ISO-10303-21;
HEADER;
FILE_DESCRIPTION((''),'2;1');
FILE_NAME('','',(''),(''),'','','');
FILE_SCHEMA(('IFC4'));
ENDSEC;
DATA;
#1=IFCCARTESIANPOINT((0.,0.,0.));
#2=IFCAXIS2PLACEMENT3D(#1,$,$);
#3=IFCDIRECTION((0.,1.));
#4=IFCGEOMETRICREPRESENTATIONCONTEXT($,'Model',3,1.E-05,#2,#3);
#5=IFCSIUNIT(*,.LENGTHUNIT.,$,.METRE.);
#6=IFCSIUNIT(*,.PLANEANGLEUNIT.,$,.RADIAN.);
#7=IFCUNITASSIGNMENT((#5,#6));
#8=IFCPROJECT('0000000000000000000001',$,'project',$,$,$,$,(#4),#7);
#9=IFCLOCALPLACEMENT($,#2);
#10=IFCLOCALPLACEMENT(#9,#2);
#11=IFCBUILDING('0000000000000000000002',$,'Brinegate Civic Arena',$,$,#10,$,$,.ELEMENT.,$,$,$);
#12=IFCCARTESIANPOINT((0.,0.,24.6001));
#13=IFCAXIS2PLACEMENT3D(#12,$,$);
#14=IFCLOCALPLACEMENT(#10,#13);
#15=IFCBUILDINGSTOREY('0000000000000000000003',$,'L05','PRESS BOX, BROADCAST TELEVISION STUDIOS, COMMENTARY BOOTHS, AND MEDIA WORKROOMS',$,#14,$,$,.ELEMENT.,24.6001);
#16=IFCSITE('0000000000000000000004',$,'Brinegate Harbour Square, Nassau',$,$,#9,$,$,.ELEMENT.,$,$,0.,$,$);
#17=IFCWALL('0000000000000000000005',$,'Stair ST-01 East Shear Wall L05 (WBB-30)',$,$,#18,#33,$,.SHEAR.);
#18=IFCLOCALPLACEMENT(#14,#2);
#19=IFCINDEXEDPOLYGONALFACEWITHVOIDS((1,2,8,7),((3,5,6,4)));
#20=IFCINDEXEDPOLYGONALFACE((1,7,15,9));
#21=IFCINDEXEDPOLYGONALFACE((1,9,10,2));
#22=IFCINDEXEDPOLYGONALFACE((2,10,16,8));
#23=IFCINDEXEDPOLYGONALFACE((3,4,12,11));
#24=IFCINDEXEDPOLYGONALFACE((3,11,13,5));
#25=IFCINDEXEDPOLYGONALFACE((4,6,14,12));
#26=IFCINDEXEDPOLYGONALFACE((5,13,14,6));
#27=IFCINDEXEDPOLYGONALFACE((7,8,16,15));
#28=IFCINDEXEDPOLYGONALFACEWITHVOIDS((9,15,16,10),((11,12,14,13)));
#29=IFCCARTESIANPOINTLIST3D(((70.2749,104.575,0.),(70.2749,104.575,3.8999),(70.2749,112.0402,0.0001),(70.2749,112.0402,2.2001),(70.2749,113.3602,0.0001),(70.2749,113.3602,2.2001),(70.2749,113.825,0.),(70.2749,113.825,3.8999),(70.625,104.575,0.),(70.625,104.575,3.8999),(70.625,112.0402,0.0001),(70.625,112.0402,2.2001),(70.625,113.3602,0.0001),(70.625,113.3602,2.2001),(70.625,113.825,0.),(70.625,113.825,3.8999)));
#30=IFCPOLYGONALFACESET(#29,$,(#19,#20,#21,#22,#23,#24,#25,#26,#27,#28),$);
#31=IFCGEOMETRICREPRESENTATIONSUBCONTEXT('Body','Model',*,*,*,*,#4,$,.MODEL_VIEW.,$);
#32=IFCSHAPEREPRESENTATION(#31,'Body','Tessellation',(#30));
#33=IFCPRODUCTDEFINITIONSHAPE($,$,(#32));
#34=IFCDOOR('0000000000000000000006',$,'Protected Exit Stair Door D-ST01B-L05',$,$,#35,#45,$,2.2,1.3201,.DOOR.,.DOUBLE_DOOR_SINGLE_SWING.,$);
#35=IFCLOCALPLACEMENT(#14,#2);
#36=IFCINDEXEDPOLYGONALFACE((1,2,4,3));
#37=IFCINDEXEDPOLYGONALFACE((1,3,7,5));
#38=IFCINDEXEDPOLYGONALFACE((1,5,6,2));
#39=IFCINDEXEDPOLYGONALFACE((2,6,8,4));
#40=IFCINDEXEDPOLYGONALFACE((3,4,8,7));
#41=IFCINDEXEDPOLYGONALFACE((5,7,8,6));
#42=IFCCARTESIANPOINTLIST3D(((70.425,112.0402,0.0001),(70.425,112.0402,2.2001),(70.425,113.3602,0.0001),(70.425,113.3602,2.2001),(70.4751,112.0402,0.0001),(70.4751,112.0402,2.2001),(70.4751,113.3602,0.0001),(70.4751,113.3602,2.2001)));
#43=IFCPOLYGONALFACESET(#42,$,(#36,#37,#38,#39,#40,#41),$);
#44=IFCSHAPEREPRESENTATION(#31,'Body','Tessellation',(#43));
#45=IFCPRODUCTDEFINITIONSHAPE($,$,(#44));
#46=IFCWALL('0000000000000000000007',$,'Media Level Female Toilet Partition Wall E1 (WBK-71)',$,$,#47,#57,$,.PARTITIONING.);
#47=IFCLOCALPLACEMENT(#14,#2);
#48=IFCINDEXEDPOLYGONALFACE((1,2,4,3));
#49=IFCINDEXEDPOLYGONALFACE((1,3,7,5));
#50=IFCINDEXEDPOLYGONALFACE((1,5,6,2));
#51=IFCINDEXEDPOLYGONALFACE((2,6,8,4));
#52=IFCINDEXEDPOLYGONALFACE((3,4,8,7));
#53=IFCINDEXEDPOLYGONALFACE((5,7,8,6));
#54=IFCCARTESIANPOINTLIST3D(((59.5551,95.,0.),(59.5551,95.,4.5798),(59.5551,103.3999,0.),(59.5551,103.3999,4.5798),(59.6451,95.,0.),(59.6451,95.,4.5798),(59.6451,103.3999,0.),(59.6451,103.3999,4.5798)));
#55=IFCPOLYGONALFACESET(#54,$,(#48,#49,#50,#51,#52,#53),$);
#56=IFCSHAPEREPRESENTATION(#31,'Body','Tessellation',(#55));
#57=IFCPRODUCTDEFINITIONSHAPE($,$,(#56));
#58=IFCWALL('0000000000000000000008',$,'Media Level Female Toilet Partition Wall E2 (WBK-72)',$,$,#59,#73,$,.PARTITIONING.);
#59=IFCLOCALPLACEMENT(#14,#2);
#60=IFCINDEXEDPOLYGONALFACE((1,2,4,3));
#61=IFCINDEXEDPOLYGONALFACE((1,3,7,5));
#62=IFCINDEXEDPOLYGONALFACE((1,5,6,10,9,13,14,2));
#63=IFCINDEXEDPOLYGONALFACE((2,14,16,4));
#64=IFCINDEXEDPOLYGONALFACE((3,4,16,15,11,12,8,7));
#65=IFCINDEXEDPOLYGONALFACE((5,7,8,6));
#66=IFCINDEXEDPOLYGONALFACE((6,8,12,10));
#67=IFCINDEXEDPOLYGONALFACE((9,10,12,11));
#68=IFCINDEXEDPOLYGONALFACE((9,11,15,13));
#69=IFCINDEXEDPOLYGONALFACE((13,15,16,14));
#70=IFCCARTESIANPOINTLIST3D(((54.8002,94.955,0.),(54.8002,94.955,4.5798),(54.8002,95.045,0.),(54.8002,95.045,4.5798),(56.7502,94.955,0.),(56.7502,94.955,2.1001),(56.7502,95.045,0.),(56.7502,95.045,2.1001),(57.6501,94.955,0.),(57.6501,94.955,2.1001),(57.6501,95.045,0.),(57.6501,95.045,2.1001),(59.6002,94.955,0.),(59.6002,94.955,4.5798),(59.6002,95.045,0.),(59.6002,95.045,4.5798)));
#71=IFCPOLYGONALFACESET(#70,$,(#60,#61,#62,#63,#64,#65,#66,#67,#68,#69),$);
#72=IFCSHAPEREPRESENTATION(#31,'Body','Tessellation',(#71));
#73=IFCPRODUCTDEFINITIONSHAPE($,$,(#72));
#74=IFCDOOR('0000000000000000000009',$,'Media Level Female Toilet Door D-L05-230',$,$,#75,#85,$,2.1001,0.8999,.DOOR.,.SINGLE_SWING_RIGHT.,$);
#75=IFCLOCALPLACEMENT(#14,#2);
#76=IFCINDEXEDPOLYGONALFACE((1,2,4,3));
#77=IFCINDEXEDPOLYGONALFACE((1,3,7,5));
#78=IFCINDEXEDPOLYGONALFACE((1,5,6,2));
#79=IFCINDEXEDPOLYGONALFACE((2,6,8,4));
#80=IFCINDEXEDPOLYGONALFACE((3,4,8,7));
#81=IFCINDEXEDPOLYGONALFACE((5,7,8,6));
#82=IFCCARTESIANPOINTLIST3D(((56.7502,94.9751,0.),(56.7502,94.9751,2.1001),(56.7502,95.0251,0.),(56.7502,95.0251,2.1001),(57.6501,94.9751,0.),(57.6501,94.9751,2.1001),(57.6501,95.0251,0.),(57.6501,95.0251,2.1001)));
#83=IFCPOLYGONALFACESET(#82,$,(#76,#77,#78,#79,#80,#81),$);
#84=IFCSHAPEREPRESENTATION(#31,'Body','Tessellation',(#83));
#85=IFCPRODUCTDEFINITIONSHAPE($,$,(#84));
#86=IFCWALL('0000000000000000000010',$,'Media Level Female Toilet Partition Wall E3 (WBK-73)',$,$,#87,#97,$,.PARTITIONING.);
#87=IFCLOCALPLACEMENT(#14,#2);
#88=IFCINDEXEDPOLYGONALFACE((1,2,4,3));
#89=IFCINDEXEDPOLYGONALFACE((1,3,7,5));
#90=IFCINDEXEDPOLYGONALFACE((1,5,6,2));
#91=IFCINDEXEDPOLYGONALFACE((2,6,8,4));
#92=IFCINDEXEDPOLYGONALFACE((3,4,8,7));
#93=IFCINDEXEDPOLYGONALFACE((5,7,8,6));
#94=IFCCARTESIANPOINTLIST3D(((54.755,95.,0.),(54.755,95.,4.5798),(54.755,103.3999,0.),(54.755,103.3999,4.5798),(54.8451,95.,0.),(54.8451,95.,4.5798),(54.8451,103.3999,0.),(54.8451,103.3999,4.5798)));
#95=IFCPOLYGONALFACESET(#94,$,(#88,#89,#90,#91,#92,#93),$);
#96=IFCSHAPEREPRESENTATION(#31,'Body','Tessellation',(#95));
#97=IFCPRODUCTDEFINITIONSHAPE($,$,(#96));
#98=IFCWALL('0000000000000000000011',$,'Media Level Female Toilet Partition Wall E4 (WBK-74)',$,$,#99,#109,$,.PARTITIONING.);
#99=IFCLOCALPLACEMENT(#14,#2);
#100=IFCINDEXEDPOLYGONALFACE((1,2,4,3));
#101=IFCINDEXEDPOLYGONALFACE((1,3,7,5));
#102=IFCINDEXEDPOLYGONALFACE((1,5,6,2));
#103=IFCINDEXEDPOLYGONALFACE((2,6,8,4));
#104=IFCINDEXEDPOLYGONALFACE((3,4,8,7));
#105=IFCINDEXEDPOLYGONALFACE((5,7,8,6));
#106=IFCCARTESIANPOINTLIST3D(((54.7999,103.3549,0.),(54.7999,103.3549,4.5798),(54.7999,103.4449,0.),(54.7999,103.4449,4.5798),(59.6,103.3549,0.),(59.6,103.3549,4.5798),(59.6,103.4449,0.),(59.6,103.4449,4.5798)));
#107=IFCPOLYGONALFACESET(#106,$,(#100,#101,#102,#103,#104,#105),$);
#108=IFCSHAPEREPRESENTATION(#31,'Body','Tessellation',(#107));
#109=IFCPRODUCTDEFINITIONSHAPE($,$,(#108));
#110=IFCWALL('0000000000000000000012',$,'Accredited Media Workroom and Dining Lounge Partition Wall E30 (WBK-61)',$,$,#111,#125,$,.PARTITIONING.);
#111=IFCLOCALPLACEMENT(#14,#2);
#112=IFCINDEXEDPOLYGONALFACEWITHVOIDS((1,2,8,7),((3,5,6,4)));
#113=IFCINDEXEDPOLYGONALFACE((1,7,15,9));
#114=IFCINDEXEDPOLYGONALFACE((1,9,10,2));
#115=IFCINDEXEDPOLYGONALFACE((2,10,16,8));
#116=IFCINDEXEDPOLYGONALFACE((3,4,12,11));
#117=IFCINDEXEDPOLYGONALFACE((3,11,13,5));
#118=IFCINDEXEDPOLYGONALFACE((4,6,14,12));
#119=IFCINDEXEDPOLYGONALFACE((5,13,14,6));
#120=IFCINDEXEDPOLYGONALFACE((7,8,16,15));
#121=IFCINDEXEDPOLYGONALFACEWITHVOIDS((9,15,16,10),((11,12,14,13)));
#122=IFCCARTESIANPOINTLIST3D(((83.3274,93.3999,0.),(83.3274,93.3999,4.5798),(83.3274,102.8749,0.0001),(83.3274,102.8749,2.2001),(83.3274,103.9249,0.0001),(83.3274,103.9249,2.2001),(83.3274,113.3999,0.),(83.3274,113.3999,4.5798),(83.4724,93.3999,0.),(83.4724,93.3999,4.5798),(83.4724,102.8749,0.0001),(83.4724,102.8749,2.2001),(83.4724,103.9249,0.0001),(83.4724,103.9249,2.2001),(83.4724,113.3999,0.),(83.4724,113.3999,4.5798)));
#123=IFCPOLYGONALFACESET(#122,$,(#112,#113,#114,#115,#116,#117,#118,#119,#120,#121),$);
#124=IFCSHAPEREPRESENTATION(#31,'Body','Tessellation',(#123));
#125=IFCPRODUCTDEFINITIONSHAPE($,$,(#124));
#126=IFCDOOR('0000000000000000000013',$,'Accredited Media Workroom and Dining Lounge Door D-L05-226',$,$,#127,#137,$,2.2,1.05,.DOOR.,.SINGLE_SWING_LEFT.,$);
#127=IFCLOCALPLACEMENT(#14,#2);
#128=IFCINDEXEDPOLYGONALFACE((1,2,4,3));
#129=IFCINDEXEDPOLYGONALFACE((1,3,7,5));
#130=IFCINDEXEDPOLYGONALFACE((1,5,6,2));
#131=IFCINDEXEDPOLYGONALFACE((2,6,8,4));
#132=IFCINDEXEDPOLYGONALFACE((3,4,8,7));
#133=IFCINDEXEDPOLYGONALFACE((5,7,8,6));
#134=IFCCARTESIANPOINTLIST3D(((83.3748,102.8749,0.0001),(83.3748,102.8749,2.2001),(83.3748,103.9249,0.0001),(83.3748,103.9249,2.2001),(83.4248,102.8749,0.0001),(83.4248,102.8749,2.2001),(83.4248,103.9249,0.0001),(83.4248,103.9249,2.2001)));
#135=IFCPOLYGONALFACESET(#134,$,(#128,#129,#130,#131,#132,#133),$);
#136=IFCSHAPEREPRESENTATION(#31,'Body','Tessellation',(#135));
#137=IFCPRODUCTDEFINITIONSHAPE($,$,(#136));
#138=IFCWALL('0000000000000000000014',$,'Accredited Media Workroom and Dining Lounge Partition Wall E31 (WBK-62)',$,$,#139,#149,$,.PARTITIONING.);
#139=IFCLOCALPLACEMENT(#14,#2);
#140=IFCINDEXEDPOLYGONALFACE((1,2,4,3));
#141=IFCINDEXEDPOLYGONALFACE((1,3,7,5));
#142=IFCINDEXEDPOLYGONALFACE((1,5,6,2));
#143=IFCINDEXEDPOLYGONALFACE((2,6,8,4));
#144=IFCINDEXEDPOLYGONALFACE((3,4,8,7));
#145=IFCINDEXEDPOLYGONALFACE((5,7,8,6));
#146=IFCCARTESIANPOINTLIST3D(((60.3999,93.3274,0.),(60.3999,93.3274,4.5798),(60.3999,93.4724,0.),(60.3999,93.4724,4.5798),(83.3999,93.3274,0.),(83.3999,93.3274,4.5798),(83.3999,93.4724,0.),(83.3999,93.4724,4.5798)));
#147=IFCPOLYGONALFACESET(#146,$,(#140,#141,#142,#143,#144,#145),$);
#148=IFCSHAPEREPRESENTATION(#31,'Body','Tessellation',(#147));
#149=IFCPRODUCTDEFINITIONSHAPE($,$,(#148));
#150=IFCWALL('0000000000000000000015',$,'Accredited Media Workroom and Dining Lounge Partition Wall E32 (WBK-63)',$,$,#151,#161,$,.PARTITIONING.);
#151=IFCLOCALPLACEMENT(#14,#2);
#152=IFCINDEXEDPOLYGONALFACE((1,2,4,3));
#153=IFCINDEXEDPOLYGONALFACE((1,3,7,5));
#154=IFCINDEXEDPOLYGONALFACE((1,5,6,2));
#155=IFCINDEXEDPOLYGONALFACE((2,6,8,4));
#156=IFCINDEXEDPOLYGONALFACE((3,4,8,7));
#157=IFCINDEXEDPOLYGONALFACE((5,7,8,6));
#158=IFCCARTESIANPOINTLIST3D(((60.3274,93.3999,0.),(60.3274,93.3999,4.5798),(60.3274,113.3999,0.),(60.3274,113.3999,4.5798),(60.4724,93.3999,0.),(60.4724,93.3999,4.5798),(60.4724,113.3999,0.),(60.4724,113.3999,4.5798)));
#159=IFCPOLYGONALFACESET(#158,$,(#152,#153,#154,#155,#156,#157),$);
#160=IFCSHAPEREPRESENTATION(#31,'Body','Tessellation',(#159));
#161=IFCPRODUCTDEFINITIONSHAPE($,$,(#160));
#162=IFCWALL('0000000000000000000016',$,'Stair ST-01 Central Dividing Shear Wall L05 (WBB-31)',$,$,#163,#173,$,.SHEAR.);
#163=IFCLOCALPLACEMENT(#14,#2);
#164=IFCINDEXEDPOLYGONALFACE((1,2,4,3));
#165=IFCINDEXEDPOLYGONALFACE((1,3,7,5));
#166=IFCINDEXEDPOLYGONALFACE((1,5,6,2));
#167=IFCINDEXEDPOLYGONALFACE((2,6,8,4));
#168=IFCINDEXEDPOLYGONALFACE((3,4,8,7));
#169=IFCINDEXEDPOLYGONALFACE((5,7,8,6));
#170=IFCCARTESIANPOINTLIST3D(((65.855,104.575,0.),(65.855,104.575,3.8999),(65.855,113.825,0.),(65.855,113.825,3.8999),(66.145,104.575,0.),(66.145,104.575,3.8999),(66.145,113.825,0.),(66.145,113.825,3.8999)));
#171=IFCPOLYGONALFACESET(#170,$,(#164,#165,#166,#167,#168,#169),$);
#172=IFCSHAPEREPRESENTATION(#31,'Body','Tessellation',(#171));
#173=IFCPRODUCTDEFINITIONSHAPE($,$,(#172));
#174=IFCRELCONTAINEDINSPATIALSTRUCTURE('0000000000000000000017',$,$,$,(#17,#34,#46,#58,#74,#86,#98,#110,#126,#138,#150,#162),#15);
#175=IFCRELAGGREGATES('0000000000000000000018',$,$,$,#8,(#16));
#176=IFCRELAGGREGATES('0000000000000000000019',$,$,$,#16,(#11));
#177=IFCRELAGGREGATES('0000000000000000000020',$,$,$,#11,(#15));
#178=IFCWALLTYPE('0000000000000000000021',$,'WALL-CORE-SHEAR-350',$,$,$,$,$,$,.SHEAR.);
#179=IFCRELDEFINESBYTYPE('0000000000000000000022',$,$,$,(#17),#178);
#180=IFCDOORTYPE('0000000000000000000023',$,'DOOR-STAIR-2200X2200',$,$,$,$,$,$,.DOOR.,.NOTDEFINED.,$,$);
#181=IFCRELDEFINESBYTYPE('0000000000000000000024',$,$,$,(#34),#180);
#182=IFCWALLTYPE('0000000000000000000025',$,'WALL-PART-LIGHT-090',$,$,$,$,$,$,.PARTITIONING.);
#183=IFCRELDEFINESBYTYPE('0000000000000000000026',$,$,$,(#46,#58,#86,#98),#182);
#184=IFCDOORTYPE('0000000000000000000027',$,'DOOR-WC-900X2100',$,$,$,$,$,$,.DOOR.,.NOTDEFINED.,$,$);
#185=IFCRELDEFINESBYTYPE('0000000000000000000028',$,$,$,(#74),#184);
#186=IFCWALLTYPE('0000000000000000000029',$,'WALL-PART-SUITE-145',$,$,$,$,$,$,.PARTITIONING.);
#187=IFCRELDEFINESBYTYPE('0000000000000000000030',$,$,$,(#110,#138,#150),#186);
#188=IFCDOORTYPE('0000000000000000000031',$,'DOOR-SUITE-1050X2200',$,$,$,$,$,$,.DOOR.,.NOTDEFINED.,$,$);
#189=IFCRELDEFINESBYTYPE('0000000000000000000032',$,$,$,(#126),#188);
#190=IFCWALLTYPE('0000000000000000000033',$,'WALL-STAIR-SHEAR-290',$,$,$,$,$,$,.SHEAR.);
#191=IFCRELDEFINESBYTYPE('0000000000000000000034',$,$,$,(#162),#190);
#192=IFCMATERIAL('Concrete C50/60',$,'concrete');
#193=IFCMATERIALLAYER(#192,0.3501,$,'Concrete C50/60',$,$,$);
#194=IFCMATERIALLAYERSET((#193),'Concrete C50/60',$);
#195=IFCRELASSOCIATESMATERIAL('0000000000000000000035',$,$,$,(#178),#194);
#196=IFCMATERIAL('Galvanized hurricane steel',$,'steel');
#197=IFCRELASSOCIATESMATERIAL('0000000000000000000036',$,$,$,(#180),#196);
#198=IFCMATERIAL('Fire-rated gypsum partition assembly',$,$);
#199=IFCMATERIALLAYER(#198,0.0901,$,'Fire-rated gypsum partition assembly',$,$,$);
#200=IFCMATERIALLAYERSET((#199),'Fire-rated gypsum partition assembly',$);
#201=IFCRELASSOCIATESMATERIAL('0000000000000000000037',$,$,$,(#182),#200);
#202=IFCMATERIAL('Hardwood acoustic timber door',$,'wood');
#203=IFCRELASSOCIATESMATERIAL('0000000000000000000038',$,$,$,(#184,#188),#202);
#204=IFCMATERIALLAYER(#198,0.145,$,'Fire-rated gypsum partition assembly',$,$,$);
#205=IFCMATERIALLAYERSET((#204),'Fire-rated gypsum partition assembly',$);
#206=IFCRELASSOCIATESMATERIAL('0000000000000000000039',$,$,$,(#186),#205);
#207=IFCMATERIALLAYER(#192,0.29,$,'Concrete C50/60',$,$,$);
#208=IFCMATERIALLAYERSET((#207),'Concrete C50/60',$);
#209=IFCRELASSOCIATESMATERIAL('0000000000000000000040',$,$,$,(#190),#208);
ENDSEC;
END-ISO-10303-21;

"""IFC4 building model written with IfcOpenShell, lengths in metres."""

from ifc_helpers import new_model, si_unit, direction, frame, frame_2d, origin, place, context, subcontext, project, spatial, rectangle, extrude, material, layer, layer_set, type_object, element, fill, save


model = new_model("IFC4")

# Units and contexts
model_context = context("Model", 3, precision=1e-05, world=origin(), true_north=direction((0.0, 1.0)))
body_context = subcontext(model_context, "Body", "Model", "MODEL_VIEW")
ifc_project = project(units=[si_unit("LENGTHUNIT", "METRE"), si_unit("PLANEANGLEUNIT", "RADIAN")], contexts=[model_context])

# Site, building, storey
site_placement = place(None, origin())
site = spatial("IfcSite", under=ifc_project, at=site_placement, Name="Brinegate Harbour Square, Nassau", CompositionType="ELEMENT", RefElevation=0.0)
building_placement = place(site_placement, origin())
building = spatial("IfcBuilding", under=site, at=building_placement, Name="Brinegate Civic Arena", CompositionType="ELEMENT")
storey_placement = place(building_placement, frame((0.0, 0.0, 24.6001)))
storey = spatial("IfcBuildingStorey", under=building, at=storey_placement, Name="L05", Description="PRESS BOX, BROADCAST TELEVISION STUDIOS, COMMENTARY BOOTHS, AND MEDIA WORKROOMS", CompositionType="ELEMENT", Elevation=24.6001)

# Shared definitions
ifc_material_1 = material(Name="Concrete C50/60", Category="concrete")

# Shared definitions
ifc_layer_1 = layer(ifc_material_1, 0.3501, Name="Concrete C50/60")
ifc_layer_set_1 = layer_set([ifc_layer_1], Name="Concrete C50/60")
wall_type_1 = type_object("IfcWallType", Name="WALL-CORE-SHEAR-350", PredefinedType="SHEAR", material=ifc_layer_set_1)

# Wall, opening, door
ifc_material_2 = material(Name="Galvanized hurricane steel", Category="steel")
wall_1_placement = place(storey_placement, frame((70.45, 104.575, 0.0), z_axis=(0.0, 0.0, 1.0), x_axis=(0.0, 1.0, 0.0)))
wall_1 = element("IfcWall", 1, at=wall_1_placement, inside=storey, type_object=wall_type_1, Name="Stair ST-01 East Shear Wall L05 (WBB-30)", PredefinedType="SHEAR", context=body_context, shape_type="SweptSolid", body=[
    extrude(rectangle(XDim=9.25, YDim=0.3501, at=frame_2d((4.625, 0.0))), origin(), (0.0, 0.0, 1.0), 3.8999),
])
opening_1_placement = place(wall_1_placement, frame((7.4651, 0.0, 0.0)))
opening_1 = element("IfcOpeningElement", 2, at=opening_1_placement, cuts=wall_1, PredefinedType="OPENING", context=body_context, shape_type="SweptSolid", body=[
    extrude(rectangle(XDim=1.3201, YDim=2.2, at=frame_2d((0.6602, 1.1001))), frame((0.0, 0.1851, 0.0), z_axis=(0.0, -1.0, 0.0), x_axis=(1.0, 0.0, 0.0)), (0.0, 0.0, 1.0), 0.3701),
])
door_type_1 = type_object("IfcDoorType", Name="DOOR-STAIR-2200X2200", OperationType="NOTDEFINED", PredefinedType="DOOR", material=ifc_material_2)
door_1_placement = place(opening_1_placement, origin())
door_1 = element("IfcDoor", 3, at=door_1_placement, inside=storey, type_object=door_type_1, Name="Protected Exit Stair Door D-ST01B-L05", OperationType="DOUBLE_DOOR_SINGLE_SWING", OverallHeight=2.2, OverallWidth=1.3201, PredefinedType="DOOR", context=body_context, shape_type="SweptSolid", body=[
    extrude(rectangle(XDim=1.3201, YDim=2.2, at=frame_2d((0.6602, 1.1001))), frame((0.0, 0.0249, 0.0), z_axis=(0.0, -1.0, 0.0), x_axis=(1.0, 0.0, 0.0)), (0.0, 0.0, 1.0), 0.05),
])
fill(opening_1, door_1)

# Wall
ifc_material_3 = material(Name="Fire-rated gypsum partition assembly")
ifc_layer_2 = layer(ifc_material_3, 0.0901, Name="Fire-rated gypsum partition assembly")
ifc_layer_set_2 = layer_set([ifc_layer_2], Name="Fire-rated gypsum partition assembly")
wall_type_2 = type_object("IfcWallType", Name="WALL-PART-LIGHT-090", PredefinedType="PARTITIONING", material=ifc_layer_set_2)
wall_2_placement = place(storey_placement, frame((59.6001, 103.3999, 0.0), z_axis=(0.0, 0.0, 1.0), x_axis=(0.0, -1.0, 0.0)))
element("IfcWall", 4, at=wall_2_placement, inside=storey, type_object=wall_type_2, Name="Media Level Female Toilet Partition Wall E1 (WBK-71)", PredefinedType="PARTITIONING", context=body_context, shape_type="SweptSolid", body=[
    extrude(rectangle(XDim=8.3999, YDim=0.0901, at=frame_2d((4.2, 0.0))), origin(), (0.0, 0.0, 1.0), 4.5798),
])

# Wall, opening, door
wall_3_placement = place(storey_placement, frame((59.6001, 95.0, 0.0), z_axis=(0.0, 0.0, 1.0), x_axis=(-1.0, 0.0, 0.0)))
wall_3 = element("IfcWall", 5, at=wall_3_placement, inside=storey, type_object=wall_type_2, Name="Media Level Female Toilet Partition Wall E2 (WBK-72)", PredefinedType="PARTITIONING", context=body_context, shape_type="SweptSolid", body=[
    extrude(rectangle(XDim=4.8, YDim=0.0901, at=frame_2d((2.3999, 0.0))), origin(), (0.0, 0.0, 1.0), 4.5798),
])
opening_2_placement = place(wall_3_placement, frame((1.95, 0.0, 0.0)))
opening_2 = element("IfcOpeningElement", 6, at=opening_2_placement, cuts=wall_3, PredefinedType="OPENING", context=body_context, shape_type="SweptSolid", body=[
    extrude(rectangle(XDim=0.8999, YDim=2.1001, at=frame_2d((0.45, 1.05))), frame((0.0, 0.0549, 0.0), z_axis=(0.0, -1.0, 0.0), x_axis=(1.0, 0.0, 0.0)), (0.0, 0.0, 1.0), 0.1101),
])
ifc_material_4 = material(Name="Hardwood acoustic timber door", Category="wood")
door_type_2 = type_object("IfcDoorType", Name="DOOR-WC-900X2100", OperationType="NOTDEFINED", PredefinedType="DOOR", material=ifc_material_4)
door_2_placement = place(opening_2_placement, origin())
door_2 = element("IfcDoor", 7, at=door_2_placement, inside=storey, type_object=door_type_2, Name="Media Level Female Toilet Door D-L05-230", OperationType="SINGLE_SWING_RIGHT", OverallHeight=2.1001, OverallWidth=0.8999, PredefinedType="DOOR", context=body_context, shape_type="SweptSolid", body=[
    extrude(rectangle(XDim=0.8999, YDim=2.1001, at=frame_2d((0.45, 1.05))), frame((0.0, 0.0249, 0.0), z_axis=(0.0, -1.0, 0.0), x_axis=(1.0, 0.0, 0.0)), (0.0, 0.0, 1.0), 0.05),
])
fill(opening_2, door_2)

# Walls
wall_4_placement = place(storey_placement, frame((54.8, 95.0, 0.0), z_axis=(0.0, 0.0, 1.0), x_axis=(0.0, 1.0, 0.0)))
element("IfcWall", 8, at=wall_4_placement, inside=storey, type_object=wall_type_2, Name="Media Level Female Toilet Partition Wall E3 (WBK-73)", PredefinedType="PARTITIONING", context=body_context, shape_type="SweptSolid", body=[
    extrude(rectangle(XDim=8.3999, YDim=0.0901, at=frame_2d((4.2, 0.0))), origin(), (0.0, 0.0, 1.0), 4.5798),
])
wall_5_placement = place(storey_placement, frame((54.8, 103.3999, 0.0), z_axis=(0.0, 0.0, 1.0), x_axis=(1.0, 0.0, 0.0)))
element("IfcWall", 9, at=wall_5_placement, inside=storey, type_object=wall_type_2, Name="Media Level Female Toilet Partition Wall E4 (WBK-74)", PredefinedType="PARTITIONING", context=body_context, shape_type="SweptSolid", body=[
    extrude(rectangle(XDim=4.8, YDim=0.0901, at=frame_2d((2.3999, 0.0))), origin(), (0.0, 0.0, 1.0), 4.5798),
])

# Wall, opening, door
ifc_layer_3 = layer(ifc_material_3, 0.145, Name="Fire-rated gypsum partition assembly")
ifc_layer_set_3 = layer_set([ifc_layer_3], Name="Fire-rated gypsum partition assembly")
wall_type_3 = type_object("IfcWallType", Name="WALL-PART-SUITE-145", PredefinedType="PARTITIONING", material=ifc_layer_set_3)
wall_6_placement = place(storey_placement, frame((83.3999, 113.3999, 0.0), z_axis=(0.0, 0.0, 1.0), x_axis=(0.0, -1.0, 0.0)))
wall_6 = element("IfcWall", 10, at=wall_6_placement, inside=storey, type_object=wall_type_3, Name="Accredited Media Workroom and Dining Lounge Partition Wall E30 (WBK-61)", PredefinedType="PARTITIONING", context=body_context, shape_type="SweptSolid", body=[
    extrude(rectangle(XDim=20.0, YDim=0.145, at=frame_2d((10.0, 0.0))), origin(), (0.0, 0.0, 1.0), 4.5798),
])
opening_3_placement = place(wall_6_placement, frame((9.4751, 0.0, 0.0)))
opening_3 = element("IfcOpeningElement", 11, at=opening_3_placement, cuts=wall_6, PredefinedType="OPENING", context=body_context, shape_type="SweptSolid", body=[
    extrude(rectangle(XDim=1.05, YDim=2.2, at=frame_2d((0.5249, 1.1001))), frame((0.0, 0.0825, 0.0), z_axis=(0.0, -1.0, 0.0), x_axis=(1.0, 0.0, 0.0)), (0.0, 0.0, 1.0), 0.165),
])
door_type_3 = type_object("IfcDoorType", Name="DOOR-SUITE-1050X2200", OperationType="NOTDEFINED", PredefinedType="DOOR", material=ifc_material_4)
door_3_placement = place(opening_3_placement, origin())
door_3 = element("IfcDoor", 12, at=door_3_placement, inside=storey, type_object=door_type_3, Name="Accredited Media Workroom and Dining Lounge Door D-L05-226", OperationType="SINGLE_SWING_LEFT", OverallHeight=2.2, OverallWidth=1.05, PredefinedType="DOOR", context=body_context, shape_type="SweptSolid", body=[
    extrude(rectangle(XDim=1.05, YDim=2.2, at=frame_2d((0.5249, 1.1001))), frame((0.0, 0.0249, 0.0), z_axis=(0.0, -1.0, 0.0), x_axis=(1.0, 0.0, 0.0)), (0.0, 0.0, 1.0), 0.05),
])
fill(opening_3, door_3)

# Walls
wall_7_placement = place(storey_placement, frame((83.3999, 93.3999, 0.0), z_axis=(0.0, 0.0, 1.0), x_axis=(-1.0, 0.0, 0.0)))
element("IfcWall", 13, at=wall_7_placement, inside=storey, type_object=wall_type_3, Name="Accredited Media Workroom and Dining Lounge Partition Wall E31 (WBK-62)", PredefinedType="PARTITIONING", context=body_context, shape_type="SweptSolid", body=[
    extrude(rectangle(XDim=23.0, YDim=0.145, at=frame_2d((11.5, 0.0))), origin(), (0.0, 0.0, 1.0), 4.5798),
])
wall_8_placement = place(storey_placement, frame((60.3999, 93.3999, 0.0), z_axis=(0.0, 0.0, 1.0), x_axis=(0.0, 1.0, 0.0)))
element("IfcWall", 14, at=wall_8_placement, inside=storey, type_object=wall_type_3, Name="Accredited Media Workroom and Dining Lounge Partition Wall E32 (WBK-63)", PredefinedType="PARTITIONING", context=body_context, shape_type="SweptSolid", body=[
    extrude(rectangle(XDim=20.0, YDim=0.145, at=frame_2d((10.0, 0.0))), origin(), (0.0, 0.0, 1.0), 4.5798),
])
ifc_layer_4 = layer(ifc_material_1, 0.29, Name="Concrete C50/60")
ifc_layer_set_4 = layer_set([ifc_layer_4], Name="Concrete C50/60")
wall_type_4 = type_object("IfcWallType", Name="WALL-STAIR-SHEAR-290", PredefinedType="SHEAR", material=ifc_layer_set_4)
wall_9_placement = place(storey_placement, frame((66.0, 104.575, 0.0), z_axis=(0.0, 0.0, 1.0), x_axis=(0.0, 1.0, 0.0)))
element("IfcWall", 15, at=wall_9_placement, inside=storey, type_object=wall_type_4, Name="Stair ST-01 Central Dividing Shear Wall L05 (WBB-31)", PredefinedType="SHEAR", context=body_context, shape_type="SweptSolid", body=[
    extrude(rectangle(XDim=9.25, YDim=0.29, at=frame_2d((4.625, 0.0))), origin(), (0.0, 0.0, 1.0), 3.8999),
])

save(model, "model.ifc")
